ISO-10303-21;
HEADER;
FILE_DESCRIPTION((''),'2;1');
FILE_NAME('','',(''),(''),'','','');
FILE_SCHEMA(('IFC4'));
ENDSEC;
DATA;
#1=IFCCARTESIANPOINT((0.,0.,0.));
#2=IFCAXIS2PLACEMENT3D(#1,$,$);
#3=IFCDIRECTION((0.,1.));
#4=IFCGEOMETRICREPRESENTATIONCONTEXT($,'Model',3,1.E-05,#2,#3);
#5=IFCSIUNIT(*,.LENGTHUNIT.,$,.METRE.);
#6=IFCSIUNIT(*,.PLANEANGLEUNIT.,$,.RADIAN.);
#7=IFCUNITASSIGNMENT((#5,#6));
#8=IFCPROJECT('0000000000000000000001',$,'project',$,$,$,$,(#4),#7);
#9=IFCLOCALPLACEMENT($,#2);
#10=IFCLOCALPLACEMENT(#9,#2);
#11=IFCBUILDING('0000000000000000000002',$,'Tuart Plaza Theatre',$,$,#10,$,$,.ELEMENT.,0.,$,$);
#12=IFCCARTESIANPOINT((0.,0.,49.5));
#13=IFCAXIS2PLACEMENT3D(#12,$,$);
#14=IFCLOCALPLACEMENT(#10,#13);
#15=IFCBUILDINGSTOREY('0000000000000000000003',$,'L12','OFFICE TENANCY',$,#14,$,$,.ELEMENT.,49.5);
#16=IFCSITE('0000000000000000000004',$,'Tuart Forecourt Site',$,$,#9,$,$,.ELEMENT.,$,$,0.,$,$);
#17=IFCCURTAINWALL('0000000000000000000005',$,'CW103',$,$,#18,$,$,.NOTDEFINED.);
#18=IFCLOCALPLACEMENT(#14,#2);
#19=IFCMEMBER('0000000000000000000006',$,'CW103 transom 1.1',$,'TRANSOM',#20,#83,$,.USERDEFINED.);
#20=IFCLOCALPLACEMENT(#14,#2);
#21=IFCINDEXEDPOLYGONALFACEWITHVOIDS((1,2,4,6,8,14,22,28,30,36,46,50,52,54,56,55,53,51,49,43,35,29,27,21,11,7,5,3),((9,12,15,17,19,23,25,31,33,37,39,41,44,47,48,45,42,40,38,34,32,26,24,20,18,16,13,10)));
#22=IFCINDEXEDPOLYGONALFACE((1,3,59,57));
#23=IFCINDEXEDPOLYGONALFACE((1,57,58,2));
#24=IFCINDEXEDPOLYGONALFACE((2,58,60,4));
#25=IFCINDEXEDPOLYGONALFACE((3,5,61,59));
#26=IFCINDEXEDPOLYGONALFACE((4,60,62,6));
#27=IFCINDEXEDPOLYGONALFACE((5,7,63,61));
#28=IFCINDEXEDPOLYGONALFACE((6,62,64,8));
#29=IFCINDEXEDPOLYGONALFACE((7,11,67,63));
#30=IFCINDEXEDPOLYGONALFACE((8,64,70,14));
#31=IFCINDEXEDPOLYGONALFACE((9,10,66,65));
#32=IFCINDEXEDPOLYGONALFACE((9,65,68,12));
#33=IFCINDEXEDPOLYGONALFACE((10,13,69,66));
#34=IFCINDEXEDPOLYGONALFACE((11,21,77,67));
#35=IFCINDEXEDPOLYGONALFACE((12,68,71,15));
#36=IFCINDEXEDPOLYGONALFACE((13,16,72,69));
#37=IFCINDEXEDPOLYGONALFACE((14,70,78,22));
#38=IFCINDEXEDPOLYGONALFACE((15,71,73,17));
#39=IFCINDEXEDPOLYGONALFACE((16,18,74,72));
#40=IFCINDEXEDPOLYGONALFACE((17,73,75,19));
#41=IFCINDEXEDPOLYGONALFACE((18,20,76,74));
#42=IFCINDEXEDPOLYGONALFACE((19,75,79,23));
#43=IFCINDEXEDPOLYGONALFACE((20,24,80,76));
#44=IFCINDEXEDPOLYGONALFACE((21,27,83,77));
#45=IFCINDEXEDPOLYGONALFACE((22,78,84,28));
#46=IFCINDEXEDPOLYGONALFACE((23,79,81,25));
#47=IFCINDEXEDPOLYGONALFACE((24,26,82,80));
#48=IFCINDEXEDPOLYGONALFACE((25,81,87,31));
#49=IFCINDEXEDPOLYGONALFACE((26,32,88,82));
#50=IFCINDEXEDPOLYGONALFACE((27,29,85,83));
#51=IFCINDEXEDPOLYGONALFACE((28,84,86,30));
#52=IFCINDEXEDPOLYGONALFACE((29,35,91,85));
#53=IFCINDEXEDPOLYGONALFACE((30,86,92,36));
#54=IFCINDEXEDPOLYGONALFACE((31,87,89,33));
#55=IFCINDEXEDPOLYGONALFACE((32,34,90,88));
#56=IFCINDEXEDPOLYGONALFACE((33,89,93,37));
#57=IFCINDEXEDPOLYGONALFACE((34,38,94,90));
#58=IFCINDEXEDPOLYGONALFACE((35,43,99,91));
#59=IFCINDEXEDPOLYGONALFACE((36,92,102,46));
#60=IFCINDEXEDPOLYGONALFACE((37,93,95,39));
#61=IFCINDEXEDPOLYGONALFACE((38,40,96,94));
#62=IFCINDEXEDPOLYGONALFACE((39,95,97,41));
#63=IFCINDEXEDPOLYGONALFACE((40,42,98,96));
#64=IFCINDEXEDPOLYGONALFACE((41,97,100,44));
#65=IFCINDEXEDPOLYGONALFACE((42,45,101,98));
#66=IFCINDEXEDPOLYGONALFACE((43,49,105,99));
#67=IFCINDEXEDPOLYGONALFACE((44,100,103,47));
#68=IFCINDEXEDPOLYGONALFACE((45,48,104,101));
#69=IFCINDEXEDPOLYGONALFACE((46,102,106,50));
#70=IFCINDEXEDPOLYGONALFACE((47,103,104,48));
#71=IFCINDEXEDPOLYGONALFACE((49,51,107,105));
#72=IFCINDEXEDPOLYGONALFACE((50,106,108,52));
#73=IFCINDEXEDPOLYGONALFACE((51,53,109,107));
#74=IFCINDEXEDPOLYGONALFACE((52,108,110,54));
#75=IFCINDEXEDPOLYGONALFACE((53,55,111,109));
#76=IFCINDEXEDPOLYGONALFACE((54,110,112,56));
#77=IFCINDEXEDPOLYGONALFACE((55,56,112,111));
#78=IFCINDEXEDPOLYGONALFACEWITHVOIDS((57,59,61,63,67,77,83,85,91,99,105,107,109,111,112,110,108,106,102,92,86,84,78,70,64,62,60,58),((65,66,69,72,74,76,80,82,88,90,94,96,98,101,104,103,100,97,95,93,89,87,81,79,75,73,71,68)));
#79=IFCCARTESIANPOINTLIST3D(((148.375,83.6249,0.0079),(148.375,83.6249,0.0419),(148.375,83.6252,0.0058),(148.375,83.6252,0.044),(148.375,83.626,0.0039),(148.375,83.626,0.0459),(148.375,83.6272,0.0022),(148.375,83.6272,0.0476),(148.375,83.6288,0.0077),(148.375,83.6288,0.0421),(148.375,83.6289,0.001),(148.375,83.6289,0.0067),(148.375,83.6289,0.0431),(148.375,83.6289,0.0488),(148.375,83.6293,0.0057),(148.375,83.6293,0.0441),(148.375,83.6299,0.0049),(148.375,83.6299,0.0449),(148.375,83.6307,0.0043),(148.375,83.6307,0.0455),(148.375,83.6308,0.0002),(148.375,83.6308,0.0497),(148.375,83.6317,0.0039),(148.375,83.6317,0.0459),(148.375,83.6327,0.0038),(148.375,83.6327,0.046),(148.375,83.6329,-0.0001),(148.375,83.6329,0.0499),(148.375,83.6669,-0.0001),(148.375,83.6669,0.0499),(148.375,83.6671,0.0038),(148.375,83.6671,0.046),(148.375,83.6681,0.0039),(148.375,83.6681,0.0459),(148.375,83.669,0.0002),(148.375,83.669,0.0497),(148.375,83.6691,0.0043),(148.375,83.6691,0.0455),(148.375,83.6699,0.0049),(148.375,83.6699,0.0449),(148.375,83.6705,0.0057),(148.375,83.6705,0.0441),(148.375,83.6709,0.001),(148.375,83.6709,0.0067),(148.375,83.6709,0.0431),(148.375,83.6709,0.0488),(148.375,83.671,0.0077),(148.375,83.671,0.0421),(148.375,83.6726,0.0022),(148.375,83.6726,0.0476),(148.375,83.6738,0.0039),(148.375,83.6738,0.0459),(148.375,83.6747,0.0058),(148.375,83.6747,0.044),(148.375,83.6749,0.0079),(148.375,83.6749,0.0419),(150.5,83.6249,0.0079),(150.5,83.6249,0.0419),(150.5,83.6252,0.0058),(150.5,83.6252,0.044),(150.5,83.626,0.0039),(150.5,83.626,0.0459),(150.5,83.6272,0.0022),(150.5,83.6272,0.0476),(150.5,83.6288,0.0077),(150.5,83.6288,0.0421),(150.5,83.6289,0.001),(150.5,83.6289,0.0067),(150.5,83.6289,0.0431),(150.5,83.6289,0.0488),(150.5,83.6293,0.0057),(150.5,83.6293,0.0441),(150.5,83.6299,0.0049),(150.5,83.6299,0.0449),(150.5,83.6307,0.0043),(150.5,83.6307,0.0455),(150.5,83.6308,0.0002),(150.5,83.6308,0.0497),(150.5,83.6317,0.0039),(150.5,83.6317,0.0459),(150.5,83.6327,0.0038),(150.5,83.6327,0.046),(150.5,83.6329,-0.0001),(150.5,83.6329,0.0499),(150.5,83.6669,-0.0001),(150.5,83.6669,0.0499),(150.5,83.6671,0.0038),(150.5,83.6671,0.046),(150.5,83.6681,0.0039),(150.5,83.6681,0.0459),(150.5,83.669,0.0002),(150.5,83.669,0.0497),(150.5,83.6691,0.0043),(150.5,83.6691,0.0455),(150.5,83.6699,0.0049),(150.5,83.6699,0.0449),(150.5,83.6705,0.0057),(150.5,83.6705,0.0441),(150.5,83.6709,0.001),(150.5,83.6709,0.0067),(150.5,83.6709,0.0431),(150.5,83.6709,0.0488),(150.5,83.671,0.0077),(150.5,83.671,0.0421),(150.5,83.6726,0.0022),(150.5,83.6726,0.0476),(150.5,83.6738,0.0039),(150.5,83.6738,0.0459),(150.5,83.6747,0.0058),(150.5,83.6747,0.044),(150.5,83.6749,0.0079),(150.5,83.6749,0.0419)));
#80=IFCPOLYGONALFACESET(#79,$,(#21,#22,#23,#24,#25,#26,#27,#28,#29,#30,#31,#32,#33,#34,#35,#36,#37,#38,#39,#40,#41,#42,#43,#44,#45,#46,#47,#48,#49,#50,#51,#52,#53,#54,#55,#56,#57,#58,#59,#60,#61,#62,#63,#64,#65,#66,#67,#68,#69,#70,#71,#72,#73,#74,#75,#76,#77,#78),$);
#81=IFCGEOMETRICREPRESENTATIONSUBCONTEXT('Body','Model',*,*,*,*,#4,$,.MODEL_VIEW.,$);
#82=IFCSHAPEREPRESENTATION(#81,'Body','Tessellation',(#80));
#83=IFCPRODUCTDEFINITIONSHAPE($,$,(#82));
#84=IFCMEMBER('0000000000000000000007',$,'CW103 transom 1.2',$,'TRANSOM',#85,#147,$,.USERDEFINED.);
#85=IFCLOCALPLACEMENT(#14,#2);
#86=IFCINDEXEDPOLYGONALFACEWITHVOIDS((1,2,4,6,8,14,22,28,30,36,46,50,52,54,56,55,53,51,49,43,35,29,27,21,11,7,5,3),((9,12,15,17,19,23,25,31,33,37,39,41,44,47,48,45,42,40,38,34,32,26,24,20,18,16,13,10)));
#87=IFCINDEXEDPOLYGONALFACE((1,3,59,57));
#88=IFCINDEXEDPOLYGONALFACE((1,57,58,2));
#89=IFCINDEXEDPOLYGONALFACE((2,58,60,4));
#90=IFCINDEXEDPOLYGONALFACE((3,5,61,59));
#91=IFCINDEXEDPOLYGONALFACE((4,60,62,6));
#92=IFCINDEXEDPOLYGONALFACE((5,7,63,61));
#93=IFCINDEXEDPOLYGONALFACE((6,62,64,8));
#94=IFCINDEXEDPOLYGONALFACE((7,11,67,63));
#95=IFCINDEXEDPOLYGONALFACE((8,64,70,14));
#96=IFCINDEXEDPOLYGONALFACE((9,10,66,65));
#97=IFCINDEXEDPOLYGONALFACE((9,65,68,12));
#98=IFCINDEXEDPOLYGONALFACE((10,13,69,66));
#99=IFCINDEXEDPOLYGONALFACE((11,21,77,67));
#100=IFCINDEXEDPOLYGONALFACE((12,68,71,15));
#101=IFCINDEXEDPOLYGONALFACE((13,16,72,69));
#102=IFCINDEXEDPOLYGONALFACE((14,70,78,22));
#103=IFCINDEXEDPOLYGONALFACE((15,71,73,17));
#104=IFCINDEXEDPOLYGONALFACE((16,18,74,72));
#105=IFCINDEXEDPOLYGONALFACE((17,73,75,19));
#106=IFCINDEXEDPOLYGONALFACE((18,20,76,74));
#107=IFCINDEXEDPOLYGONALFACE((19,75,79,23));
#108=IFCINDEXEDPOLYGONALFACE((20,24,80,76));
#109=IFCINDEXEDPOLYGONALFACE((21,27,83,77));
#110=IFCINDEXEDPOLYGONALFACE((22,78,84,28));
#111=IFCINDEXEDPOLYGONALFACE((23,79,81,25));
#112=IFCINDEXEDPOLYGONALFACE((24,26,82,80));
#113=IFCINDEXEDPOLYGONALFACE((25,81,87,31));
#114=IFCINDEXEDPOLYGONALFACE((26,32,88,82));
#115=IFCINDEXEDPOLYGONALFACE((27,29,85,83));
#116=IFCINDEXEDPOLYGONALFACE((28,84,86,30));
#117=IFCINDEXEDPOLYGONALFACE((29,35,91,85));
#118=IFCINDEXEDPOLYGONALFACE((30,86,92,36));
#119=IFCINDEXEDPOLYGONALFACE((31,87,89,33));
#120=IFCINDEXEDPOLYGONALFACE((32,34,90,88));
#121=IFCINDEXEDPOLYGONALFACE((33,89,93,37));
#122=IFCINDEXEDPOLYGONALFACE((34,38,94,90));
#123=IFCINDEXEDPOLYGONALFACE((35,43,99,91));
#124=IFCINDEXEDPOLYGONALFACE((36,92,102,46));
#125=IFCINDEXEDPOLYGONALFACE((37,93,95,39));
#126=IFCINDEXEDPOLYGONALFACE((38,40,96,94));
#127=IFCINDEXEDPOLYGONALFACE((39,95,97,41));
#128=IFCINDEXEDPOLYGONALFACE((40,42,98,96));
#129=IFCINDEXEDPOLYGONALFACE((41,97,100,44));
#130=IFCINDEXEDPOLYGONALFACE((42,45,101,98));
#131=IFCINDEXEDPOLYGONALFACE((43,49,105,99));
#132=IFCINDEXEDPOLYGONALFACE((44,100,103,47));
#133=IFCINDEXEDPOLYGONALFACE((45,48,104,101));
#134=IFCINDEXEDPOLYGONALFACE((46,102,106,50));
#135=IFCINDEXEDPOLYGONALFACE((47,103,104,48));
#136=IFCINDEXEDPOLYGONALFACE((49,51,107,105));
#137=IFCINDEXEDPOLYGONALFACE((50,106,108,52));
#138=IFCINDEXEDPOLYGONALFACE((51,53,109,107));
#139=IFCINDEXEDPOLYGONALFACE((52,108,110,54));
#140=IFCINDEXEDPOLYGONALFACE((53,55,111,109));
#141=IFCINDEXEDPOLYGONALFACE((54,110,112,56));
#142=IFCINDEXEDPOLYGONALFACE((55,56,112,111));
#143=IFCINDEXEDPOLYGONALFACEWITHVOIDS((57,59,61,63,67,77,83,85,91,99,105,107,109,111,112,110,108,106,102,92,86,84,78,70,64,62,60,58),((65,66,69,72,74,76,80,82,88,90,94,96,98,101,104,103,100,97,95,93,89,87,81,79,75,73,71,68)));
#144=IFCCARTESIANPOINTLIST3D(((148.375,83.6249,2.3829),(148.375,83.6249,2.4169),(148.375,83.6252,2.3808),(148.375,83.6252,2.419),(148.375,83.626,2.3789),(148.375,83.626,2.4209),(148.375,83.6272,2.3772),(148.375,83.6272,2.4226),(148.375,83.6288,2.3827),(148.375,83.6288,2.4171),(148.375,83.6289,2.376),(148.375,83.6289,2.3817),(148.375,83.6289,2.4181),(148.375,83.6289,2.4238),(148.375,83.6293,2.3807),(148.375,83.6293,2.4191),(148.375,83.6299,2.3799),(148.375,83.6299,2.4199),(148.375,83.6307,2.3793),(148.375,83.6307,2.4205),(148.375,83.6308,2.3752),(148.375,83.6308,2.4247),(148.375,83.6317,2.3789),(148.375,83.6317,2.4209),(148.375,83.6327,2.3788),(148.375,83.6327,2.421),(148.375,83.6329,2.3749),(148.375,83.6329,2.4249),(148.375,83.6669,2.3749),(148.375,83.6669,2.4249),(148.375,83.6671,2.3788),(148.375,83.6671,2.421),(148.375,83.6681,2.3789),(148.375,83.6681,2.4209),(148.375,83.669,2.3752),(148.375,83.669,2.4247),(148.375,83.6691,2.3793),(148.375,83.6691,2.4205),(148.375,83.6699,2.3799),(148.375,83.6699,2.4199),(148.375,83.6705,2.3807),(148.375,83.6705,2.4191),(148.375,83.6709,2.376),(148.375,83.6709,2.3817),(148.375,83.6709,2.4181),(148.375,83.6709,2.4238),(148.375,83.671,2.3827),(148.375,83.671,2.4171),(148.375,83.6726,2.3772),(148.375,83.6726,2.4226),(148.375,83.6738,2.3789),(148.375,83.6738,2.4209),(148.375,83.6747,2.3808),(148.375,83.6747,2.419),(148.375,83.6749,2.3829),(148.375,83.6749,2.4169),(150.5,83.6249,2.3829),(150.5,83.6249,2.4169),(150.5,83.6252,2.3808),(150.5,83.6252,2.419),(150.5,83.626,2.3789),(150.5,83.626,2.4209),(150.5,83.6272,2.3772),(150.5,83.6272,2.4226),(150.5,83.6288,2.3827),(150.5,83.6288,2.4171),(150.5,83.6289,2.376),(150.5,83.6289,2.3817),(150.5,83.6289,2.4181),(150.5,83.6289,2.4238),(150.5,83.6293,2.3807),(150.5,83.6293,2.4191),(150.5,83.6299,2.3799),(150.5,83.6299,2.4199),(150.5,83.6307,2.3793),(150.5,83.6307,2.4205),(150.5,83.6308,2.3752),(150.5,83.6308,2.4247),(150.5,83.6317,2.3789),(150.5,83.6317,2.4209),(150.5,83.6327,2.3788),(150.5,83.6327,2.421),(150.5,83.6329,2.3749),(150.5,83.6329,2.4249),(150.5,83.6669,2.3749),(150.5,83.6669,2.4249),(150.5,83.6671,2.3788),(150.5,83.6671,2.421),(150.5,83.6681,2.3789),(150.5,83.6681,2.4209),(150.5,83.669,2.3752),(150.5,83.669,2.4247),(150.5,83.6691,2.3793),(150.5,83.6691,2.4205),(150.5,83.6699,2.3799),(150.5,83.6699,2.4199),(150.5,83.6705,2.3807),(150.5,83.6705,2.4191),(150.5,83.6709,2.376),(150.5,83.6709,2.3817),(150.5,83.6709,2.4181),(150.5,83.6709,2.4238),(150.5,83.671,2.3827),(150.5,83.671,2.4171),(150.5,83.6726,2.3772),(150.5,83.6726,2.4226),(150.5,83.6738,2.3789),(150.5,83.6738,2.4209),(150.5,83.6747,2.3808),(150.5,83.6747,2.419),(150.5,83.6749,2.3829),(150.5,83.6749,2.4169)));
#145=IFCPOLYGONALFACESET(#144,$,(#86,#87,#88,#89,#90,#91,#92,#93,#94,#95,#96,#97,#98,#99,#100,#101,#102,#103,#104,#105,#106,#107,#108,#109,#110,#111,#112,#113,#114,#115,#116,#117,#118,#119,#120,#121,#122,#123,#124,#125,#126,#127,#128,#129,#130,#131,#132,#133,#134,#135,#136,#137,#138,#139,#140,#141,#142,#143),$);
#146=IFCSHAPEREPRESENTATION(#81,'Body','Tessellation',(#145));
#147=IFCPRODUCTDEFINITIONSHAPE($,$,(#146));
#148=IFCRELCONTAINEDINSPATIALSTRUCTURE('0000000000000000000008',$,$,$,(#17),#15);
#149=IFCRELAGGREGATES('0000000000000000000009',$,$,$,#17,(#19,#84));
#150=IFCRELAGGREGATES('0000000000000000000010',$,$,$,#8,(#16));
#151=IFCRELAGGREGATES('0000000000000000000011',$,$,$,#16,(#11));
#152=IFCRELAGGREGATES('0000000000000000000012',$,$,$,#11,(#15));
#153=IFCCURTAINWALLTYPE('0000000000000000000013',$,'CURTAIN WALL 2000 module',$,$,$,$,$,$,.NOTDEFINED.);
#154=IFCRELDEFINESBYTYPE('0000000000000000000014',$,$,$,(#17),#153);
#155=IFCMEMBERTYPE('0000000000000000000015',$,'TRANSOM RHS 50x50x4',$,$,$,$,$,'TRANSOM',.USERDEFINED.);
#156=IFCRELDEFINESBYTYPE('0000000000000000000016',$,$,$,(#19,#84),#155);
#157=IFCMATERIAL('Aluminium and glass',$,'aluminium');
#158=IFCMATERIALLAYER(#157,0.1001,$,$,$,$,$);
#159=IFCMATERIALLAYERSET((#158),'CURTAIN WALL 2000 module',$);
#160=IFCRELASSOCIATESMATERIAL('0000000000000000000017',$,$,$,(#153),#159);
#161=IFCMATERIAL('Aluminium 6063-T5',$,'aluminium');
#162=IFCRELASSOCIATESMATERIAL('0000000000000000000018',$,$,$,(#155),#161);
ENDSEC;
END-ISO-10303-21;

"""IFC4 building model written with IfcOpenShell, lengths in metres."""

from ifc_helpers import new_model, si_unit, direction, frame, origin, origin_2d, place, context, subcontext, project, spatial, hollow_rectangle, extrude, material, layer, layer_set, material_profile, profile_set, type_object, element, aggregate, save


model = new_model("IFC4")

# Units and contexts
model_context = context("Model", 3, precision=1e-05, world=origin(), true_north=direction((0.0, 1.0)))
body_context = subcontext(model_context, "Body", "Model", "MODEL_VIEW")
ifc_project = project(units=[si_unit("LENGTHUNIT", "METRE"), si_unit("PLANEANGLEUNIT", "RADIAN")], contexts=[model_context])

# Site, building, storey
site_placement = place(None, origin())
site = spatial("IfcSite", under=ifc_project, at=site_placement, Name="Tuart Forecourt Site", CompositionType="ELEMENT", RefElevation=0.0)
building_placement = place(site_placement, origin())
building = spatial("IfcBuilding", under=site, at=building_placement, Name="Tuart Plaza Theatre", CompositionType="ELEMENT", ElevationOfRefHeight=0.0)
storey_placement = place(building_placement, frame((0.0, 0.0, 49.5)))
storey = spatial("IfcBuildingStorey", under=building, at=storey_placement, Name="L12", Description="OFFICE TENANCY", CompositionType="ELEMENT", Elevation=49.5)

# Curtain wall
ifc_material_1 = material(Name="Aluminium and glass", Category="aluminium")
ifc_layer_1 = layer(ifc_material_1, 0.1001)
ifc_layer_set_1 = layer_set([ifc_layer_1], Name="CURTAIN WALL 2000 module")
curtain_wall_type = type_object("IfcCurtainWallType", Name="CURTAIN WALL 2000 module", PredefinedType="NOTDEFINED", material=ifc_layer_set_1)
curtain_wall_1_placement = place(storey_placement, origin())
curtain_wall_1 = element("IfcCurtainWall", 1, at=curtain_wall_1_placement, inside=storey, type_object=curtain_wall_type, Name="CW103", PredefinedType="NOTDEFINED")

# Members
ifc_material_2 = material(Name="Aluminium 6063-T5", Category="aluminium")
ifc_material_profile_1 = material_profile(ifc_material_2, hollow_rectangle(XDim=0.05, YDim=0.05, WallThickness=0.0039, InnerFilletRadius=0.0039, OuterFilletRadius=0.0081, at=origin_2d()), Name="RHS 50x50x4")
ifc_profile_set_1 = profile_set([ifc_material_profile_1], Name="Aluminium 6063-T5")
member_type_1 = type_object("IfcMemberType", Name="TRANSOM RHS 50x50x4", ElementType="TRANSOM", PredefinedType="USERDEFINED", material=ifc_profile_set_1)
member_1_placement = place(storey_placement, frame((150.5, 83.6499, 0.0249), z_axis=(-1.0, 0.0, 0.0), x_axis=(0.0, -1.0, 0.0)))
member_1 = element("IfcMember", 2, at=member_1_placement, type_object=member_type_1, Name="CW103 transom 1.1", ObjectType="TRANSOM", PredefinedType="USERDEFINED", context=body_context, shape_type="SweptSolid", body=[
    extrude(hollow_rectangle(XDim=0.05, YDim=0.05, WallThickness=0.0039, InnerFilletRadius=0.0039, OuterFilletRadius=0.0081, at=origin_2d()), origin(), (0.0, 0.0, 1.0), 2.125),
])
member_2_placement = place(storey_placement, frame((150.5, 83.6499, 2.3999), z_axis=(-1.0, 0.0, 0.0), x_axis=(0.0, -1.0, 0.0)))
member_2 = element("IfcMember", 3, at=member_2_placement, type_object=member_type_1, Name="CW103 transom 1.2", ObjectType="TRANSOM", PredefinedType="USERDEFINED", context=body_context, shape_type="SweptSolid", body=[
    extrude(hollow_rectangle(XDim=0.05, YDim=0.05, WallThickness=0.0039, InnerFilletRadius=0.0039, OuterFilletRadius=0.0081, at=origin_2d()), origin(), (0.0, 0.0, 1.0), 2.125),
])

aggregate(curtain_wall_1, [member_1, member_2])

save(model, "model.ifc")
